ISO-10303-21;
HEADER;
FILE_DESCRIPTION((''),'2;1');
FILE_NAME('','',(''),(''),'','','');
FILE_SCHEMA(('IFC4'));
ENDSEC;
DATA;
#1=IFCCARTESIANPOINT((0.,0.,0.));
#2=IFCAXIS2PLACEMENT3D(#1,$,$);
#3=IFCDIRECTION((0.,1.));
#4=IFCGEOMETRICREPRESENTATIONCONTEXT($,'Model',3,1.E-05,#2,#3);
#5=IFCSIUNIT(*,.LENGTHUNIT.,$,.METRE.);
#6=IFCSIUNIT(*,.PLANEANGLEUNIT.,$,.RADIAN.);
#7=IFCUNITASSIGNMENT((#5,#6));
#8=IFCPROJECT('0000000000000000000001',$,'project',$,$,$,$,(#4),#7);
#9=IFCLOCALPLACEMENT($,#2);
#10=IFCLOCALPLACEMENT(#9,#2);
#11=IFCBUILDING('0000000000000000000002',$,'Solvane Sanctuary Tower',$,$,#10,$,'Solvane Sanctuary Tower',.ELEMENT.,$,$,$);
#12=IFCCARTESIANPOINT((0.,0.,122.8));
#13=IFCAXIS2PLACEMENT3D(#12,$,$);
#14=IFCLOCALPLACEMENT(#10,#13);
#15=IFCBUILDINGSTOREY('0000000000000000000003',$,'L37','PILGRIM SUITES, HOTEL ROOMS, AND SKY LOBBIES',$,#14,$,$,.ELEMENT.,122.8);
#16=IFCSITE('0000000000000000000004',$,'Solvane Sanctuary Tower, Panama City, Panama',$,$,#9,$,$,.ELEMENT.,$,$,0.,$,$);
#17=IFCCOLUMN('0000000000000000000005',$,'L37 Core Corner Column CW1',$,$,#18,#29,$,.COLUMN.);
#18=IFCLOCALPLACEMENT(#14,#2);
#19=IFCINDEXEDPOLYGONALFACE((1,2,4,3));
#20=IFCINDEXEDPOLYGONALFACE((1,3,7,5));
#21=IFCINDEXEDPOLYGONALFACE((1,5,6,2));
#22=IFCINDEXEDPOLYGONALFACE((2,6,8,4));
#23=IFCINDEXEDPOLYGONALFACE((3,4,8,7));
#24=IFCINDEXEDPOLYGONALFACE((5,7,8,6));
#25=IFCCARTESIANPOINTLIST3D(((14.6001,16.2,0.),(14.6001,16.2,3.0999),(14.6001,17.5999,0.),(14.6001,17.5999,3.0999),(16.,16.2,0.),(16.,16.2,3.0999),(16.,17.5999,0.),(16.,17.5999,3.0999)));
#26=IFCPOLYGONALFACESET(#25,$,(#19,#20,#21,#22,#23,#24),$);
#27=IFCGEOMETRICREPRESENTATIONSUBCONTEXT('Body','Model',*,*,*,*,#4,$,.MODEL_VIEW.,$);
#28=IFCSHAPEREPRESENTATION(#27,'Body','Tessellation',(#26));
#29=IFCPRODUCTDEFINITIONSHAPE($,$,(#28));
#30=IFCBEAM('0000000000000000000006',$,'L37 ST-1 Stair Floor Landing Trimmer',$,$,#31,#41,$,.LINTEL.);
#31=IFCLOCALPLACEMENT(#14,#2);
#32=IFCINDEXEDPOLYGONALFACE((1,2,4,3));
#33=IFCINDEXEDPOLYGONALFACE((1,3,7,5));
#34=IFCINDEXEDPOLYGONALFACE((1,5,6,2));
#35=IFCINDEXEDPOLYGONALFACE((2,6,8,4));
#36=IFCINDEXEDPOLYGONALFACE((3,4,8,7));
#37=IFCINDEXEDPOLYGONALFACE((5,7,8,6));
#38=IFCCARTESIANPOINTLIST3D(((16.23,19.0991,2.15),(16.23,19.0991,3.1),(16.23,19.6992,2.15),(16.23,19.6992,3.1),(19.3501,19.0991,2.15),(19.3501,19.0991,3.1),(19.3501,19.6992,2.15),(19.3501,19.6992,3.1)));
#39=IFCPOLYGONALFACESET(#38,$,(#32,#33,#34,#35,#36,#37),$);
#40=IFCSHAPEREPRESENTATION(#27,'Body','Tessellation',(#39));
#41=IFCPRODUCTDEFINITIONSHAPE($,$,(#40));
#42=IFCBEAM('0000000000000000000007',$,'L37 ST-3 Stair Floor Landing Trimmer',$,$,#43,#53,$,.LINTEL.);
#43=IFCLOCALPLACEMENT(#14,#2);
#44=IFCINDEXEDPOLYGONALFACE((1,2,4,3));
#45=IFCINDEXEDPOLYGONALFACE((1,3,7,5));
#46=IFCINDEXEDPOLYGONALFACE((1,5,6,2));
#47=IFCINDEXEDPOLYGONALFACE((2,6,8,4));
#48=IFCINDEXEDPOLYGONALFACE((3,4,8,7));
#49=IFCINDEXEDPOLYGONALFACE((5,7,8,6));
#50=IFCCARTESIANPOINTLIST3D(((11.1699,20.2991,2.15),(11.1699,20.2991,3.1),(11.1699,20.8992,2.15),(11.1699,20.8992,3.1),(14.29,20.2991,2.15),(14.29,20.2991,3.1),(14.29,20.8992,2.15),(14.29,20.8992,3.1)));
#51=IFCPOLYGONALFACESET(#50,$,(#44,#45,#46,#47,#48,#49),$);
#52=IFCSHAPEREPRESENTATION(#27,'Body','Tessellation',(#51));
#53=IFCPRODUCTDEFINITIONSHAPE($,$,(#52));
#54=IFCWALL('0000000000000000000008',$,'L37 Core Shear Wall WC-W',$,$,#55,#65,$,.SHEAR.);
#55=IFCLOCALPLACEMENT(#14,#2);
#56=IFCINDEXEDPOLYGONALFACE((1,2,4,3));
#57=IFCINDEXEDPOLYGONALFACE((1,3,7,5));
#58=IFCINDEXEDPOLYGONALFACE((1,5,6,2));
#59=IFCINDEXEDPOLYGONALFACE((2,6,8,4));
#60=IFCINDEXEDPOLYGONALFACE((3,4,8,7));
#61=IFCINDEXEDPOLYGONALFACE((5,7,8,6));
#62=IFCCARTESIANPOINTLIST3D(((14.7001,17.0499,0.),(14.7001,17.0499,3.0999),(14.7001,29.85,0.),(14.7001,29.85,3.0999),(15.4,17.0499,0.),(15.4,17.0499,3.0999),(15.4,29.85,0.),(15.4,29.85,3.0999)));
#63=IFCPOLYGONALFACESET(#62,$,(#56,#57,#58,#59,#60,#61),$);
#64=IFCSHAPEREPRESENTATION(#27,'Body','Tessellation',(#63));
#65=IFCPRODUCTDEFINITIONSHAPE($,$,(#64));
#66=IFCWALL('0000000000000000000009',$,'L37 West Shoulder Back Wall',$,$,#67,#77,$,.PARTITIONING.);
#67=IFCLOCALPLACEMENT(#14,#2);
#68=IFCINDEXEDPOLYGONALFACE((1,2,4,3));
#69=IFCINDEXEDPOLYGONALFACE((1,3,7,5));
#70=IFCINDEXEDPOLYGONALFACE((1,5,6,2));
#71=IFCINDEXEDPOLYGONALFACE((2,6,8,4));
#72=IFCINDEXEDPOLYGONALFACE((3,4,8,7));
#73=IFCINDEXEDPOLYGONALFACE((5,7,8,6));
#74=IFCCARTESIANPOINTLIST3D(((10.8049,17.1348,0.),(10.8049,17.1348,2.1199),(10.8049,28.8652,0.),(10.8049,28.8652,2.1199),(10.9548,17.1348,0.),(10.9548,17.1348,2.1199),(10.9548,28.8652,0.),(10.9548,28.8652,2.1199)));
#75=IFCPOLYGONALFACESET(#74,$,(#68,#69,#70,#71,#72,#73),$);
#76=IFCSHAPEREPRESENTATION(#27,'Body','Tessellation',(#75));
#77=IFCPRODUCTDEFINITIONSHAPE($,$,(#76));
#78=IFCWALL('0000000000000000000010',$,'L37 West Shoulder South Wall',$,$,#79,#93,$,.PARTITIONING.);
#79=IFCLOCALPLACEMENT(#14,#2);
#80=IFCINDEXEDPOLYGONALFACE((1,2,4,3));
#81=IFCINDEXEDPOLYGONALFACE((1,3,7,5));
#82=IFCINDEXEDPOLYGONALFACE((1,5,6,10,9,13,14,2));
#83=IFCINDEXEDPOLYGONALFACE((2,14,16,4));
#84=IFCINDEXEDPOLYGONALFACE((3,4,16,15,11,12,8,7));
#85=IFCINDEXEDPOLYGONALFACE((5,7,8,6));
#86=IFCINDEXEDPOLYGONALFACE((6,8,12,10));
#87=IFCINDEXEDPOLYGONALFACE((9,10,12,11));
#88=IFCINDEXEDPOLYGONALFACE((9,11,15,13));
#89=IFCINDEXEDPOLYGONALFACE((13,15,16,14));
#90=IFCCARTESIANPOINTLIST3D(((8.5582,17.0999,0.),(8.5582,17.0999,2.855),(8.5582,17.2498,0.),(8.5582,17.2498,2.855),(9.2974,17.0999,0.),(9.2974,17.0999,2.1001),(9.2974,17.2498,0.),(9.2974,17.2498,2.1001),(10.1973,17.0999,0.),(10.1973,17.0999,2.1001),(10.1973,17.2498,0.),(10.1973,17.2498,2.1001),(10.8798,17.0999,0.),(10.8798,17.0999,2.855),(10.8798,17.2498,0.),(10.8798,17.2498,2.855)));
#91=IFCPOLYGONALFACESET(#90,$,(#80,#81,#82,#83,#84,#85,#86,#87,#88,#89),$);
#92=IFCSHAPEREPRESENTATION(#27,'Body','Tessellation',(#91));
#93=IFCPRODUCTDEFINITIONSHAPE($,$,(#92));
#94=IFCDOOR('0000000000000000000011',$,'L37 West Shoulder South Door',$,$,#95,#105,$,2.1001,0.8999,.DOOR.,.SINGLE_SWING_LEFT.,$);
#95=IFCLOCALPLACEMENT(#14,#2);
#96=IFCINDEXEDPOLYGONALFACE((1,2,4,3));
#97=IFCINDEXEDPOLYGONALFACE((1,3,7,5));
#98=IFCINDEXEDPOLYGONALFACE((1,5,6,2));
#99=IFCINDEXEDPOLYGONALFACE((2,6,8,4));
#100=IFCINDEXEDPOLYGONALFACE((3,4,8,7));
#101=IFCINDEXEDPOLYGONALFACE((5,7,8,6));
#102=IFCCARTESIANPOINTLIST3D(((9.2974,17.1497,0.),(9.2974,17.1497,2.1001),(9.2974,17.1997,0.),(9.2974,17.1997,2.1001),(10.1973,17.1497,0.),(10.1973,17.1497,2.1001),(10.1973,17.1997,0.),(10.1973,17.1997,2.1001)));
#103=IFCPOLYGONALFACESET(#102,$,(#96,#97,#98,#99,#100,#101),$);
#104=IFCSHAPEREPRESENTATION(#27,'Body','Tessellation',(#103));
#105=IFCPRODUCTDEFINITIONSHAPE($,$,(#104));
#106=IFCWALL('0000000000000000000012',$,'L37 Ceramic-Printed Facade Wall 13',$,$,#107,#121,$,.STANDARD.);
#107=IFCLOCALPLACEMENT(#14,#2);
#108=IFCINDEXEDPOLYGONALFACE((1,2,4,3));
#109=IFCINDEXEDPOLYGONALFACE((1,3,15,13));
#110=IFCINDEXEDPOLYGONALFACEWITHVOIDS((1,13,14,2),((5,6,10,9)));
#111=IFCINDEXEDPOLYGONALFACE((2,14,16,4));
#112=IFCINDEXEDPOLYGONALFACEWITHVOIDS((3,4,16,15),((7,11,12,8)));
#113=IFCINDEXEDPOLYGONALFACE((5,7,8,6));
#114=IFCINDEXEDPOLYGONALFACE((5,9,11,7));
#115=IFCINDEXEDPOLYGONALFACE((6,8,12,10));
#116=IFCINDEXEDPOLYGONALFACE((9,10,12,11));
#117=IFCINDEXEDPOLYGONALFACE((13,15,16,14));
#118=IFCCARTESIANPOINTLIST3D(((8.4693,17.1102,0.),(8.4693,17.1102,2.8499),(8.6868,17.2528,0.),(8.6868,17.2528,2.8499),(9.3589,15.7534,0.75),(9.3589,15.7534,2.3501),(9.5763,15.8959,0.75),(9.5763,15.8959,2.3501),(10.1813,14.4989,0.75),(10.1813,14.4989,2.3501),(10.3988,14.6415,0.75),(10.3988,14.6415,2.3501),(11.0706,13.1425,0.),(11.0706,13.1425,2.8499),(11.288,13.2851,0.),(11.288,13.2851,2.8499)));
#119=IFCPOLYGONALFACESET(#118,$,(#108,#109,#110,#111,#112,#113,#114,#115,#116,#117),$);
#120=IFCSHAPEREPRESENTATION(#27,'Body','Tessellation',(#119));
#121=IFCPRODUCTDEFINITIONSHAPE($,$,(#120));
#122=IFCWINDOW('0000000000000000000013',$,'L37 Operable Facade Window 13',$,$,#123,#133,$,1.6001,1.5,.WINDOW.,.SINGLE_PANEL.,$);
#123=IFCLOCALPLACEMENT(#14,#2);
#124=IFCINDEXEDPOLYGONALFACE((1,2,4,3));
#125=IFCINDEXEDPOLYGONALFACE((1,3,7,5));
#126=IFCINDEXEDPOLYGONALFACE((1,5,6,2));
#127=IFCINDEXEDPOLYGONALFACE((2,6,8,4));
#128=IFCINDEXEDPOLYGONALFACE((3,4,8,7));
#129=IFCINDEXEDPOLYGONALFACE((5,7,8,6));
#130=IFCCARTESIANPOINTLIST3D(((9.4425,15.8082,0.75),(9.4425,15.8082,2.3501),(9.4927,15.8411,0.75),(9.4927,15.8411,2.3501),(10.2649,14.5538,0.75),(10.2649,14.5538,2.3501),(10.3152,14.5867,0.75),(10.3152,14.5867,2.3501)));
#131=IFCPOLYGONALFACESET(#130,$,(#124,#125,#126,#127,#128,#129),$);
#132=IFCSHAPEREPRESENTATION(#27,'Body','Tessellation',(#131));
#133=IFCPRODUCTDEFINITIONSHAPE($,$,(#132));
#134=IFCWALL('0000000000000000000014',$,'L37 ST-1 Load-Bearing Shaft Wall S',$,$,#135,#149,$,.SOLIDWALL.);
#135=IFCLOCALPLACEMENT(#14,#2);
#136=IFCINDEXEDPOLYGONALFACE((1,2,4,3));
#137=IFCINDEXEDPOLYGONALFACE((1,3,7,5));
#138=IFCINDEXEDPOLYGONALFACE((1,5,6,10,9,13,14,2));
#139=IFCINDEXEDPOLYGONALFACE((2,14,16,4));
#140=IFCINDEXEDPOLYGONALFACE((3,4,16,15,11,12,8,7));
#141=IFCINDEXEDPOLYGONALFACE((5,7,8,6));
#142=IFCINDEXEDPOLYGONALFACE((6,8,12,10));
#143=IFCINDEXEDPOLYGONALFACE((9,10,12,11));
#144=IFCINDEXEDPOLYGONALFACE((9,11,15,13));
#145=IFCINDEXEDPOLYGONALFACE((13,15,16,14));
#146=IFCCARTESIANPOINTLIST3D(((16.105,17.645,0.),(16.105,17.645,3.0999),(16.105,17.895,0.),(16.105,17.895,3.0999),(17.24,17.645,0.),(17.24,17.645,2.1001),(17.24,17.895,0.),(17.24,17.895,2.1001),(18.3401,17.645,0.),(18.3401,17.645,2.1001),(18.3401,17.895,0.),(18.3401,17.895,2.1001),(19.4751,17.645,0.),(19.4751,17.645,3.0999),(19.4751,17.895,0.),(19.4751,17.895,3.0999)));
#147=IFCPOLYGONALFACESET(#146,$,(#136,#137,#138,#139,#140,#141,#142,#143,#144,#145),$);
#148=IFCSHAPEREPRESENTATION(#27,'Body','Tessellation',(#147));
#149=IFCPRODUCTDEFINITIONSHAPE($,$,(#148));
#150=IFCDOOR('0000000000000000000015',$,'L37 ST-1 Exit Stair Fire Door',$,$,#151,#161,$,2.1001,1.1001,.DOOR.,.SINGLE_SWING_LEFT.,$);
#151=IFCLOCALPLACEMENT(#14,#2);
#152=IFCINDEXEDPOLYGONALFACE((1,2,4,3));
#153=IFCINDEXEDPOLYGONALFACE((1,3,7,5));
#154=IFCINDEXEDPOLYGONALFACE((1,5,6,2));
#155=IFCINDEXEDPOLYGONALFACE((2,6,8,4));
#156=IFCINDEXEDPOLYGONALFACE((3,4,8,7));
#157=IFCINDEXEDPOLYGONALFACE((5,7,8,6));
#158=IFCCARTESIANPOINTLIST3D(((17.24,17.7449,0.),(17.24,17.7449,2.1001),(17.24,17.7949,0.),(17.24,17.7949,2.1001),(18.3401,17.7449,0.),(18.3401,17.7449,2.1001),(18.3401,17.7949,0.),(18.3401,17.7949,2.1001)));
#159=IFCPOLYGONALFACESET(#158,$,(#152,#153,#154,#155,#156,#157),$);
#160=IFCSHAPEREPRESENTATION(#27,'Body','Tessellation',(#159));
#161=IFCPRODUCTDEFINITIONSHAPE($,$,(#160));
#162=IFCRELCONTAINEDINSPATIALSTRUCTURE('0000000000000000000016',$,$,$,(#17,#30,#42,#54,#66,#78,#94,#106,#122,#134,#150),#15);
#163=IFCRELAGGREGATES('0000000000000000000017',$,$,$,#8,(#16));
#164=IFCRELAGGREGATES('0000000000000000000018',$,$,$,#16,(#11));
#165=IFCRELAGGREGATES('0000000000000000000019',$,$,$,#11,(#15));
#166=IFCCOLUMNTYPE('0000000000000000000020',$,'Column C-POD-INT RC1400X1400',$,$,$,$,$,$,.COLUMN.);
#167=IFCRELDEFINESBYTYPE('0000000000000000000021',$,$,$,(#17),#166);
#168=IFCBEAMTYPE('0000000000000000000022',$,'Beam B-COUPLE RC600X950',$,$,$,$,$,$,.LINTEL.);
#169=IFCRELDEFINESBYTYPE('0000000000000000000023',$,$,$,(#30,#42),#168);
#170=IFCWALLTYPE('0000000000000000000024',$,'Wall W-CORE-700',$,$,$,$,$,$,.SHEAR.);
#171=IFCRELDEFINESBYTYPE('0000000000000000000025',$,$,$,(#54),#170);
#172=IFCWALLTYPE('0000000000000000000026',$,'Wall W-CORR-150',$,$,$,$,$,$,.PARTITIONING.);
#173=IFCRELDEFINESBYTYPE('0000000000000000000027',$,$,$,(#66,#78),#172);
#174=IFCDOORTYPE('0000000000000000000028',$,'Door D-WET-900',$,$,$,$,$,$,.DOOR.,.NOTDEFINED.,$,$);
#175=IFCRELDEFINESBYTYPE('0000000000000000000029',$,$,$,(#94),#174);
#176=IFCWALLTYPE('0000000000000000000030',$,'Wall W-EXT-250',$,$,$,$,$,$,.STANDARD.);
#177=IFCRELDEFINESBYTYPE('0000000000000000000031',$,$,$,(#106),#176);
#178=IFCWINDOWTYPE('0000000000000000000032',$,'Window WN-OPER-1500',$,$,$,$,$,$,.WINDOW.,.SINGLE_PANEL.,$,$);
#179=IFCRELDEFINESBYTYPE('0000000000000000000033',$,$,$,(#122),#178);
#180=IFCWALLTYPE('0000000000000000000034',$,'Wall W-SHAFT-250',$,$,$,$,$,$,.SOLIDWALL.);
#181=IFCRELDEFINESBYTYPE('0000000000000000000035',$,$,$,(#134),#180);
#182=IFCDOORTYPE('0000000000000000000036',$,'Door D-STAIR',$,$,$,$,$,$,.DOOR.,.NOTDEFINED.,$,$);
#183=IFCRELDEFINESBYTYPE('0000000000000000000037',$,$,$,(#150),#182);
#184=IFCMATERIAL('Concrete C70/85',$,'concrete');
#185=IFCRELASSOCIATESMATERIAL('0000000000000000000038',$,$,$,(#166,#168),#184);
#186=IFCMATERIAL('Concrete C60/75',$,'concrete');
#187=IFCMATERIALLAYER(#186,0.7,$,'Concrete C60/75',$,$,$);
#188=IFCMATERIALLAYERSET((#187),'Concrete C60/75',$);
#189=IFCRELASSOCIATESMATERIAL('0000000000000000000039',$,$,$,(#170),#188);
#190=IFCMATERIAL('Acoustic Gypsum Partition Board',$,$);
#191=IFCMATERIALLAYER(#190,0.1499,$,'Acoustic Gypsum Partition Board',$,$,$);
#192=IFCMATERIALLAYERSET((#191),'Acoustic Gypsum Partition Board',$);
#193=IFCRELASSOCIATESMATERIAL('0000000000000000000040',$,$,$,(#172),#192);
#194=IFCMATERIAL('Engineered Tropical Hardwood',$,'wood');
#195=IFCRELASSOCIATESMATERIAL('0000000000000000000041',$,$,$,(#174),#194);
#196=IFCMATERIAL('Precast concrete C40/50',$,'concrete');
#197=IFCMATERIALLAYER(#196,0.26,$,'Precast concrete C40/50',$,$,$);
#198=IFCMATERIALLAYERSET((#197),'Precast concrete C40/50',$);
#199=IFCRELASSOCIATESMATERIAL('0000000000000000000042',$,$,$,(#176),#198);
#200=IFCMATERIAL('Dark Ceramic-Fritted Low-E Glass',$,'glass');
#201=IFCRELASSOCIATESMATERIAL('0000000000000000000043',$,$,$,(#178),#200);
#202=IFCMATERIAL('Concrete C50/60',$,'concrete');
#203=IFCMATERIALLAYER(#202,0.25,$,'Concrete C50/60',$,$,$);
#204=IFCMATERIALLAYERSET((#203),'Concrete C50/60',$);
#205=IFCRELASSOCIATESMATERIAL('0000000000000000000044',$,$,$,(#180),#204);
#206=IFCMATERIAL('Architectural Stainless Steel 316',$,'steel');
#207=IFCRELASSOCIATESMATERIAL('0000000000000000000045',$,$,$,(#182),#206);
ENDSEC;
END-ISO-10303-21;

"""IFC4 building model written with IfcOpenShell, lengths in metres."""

from ifc_helpers import new_model, si_unit, direction, frame, frame_2d, origin, origin_2d, place, context, subcontext, project, spatial, rectangle, extrude, material, layer, layer_set, material_profile, profile_set, type_object, element, fill, save


model = new_model("IFC4")

# Units and contexts
model_context = context("Model", 3, precision=1e-05, world=origin(), true_north=direction((0.0, 1.0)))
body_context = subcontext(model_context, "Body", "Model", "MODEL_VIEW")
ifc_project = project(units=[si_unit("LENGTHUNIT", "METRE"), si_unit("PLANEANGLEUNIT", "RADIAN")], contexts=[model_context])

# Site, building, storey
site_placement = place(None, origin())
site = spatial("IfcSite", under=ifc_project, at=site_placement, Name="Solvane Sanctuary Tower, Panama City, Panama", CompositionType="ELEMENT", RefElevation=0.0)
building_placement = place(site_placement, origin())
building = spatial("IfcBuilding", under=site, at=building_placement, Name="Solvane Sanctuary Tower", LongName="Solvane Sanctuary Tower", CompositionType="ELEMENT")
storey_placement = place(building_placement, frame((0.0, 0.0, 122.8)))
storey = spatial("IfcBuildingStorey", under=building, at=storey_placement, Name="L37", Description="PILGRIM SUITES, HOTEL ROOMS, AND SKY LOBBIES", CompositionType="ELEMENT", Elevation=122.8)

# Column
ifc_material_1 = material(Name="Concrete C70/85", Category="concrete")
ifc_material_profile_1 = material_profile(ifc_material_1, rectangle(XDim=1.3999, YDim=1.3999, at=origin_2d()), Name="RC1400X1400")
ifc_profile_set_1 = profile_set([ifc_material_profile_1], Name="Concrete C70/85")
column_type = type_object("IfcColumnType", Name="Column C-POD-INT RC1400X1400", PredefinedType="COLUMN", material=ifc_profile_set_1)
column_placement = place(storey_placement, frame((15.3, 16.8999, 0.0), z_axis=(0.0, 0.0, 1.0), x_axis=(1.0, 0.0, 0.0)))
element("IfcColumn", 1, at=column_placement, inside=storey, type_object=column_type, Name="L37 Core Corner Column CW1", PredefinedType="COLUMN", context=body_context, shape_type="SweptSolid", body=[
    extrude(rectangle(XDim=1.3999, YDim=1.3999, at=origin_2d()), origin(), (0.0, 0.0, 1.0), 3.0999),
])

# Beams
ifc_material_profile_2 = material_profile(ifc_material_1, rectangle(XDim=0.6001, YDim=0.95, at=origin_2d()), Name="RC600X950")
ifc_profile_set_2 = profile_set([ifc_material_profile_2], Name="Concrete C70/85")
beam_type = type_object("IfcBeamType", Name="Beam B-COUPLE RC600X950", PredefinedType="LINTEL", material=ifc_profile_set_2)
for number, where, z_axis, x_axis, name in (
    (2, (16.23, 19.3992, 2.625), (1.0, 0.0, 0.0), (0.0, 1.0, 0.0), "L37 ST-1 Stair Floor Landing Trimmer"),
    (3, (11.1699, 20.5991, 2.625), (1.0, 0.0, 0.0), (0.0, 1.0, 0.0), "L37 ST-3 Stair Floor Landing Trimmer"),
):
    element("IfcBeam", number, at=place(storey_placement, frame(where, z_axis=z_axis, x_axis=x_axis)), inside=storey, type_object=beam_type, Name=name, PredefinedType="LINTEL", context=body_context, shape_type="SweptSolid", body=[
        extrude(rectangle(XDim=0.6001, YDim=0.95, at=origin_2d()), origin(), (0.0, 0.0, 1.0), 3.1201),
    ])

# Walls
ifc_material_2 = material(Name="Concrete C60/75", Category="concrete")
ifc_layer_1 = layer(ifc_material_2, 0.7, Name="Concrete C60/75")
ifc_layer_set_1 = layer_set([ifc_layer_1], Name="Concrete C60/75")
wall_type_1 = type_object("IfcWallType", Name="Wall W-CORE-700", PredefinedType="SHEAR", material=ifc_layer_set_1)
wall_1_placement = place(storey_placement, frame((15.05, 17.05, 0.0), z_axis=(0.0, 0.0, 1.0), x_axis=(0.0, 1.0, 0.0)))
element("IfcWall", 4, at=wall_1_placement, inside=storey, type_object=wall_type_1, Name="L37 Core Shear Wall WC-W", PredefinedType="SHEAR", context=body_context, shape_type="SweptSolid", body=[
    extrude(rectangle(XDim=12.8, YDim=0.7, at=frame_2d((6.3999, 0.0))), origin(), (0.0, 0.0, 1.0), 3.0999),
])
ifc_material_3 = material(Name="Acoustic Gypsum Partition Board")
ifc_layer_2 = layer(ifc_material_3, 0.1499, Name="Acoustic Gypsum Partition Board")
ifc_layer_set_2 = layer_set([ifc_layer_2], Name="Acoustic Gypsum Partition Board")
wall_type_2 = type_object("IfcWallType", Name="Wall W-CORR-150", PredefinedType="PARTITIONING", material=ifc_layer_set_2)
wall_2_placement = place(storey_placement, frame((10.8799, 17.1348, 0.0), z_axis=(0.0, 0.0, 1.0), x_axis=(0.0, 1.0, 0.0)))
element("IfcWall", 5, at=wall_2_placement, inside=storey, type_object=wall_type_2, Name="L37 West Shoulder Back Wall", PredefinedType="PARTITIONING", context=body_context, shape_type="SweptSolid", body=[
    extrude(rectangle(XDim=11.7305, YDim=0.1499, at=frame_2d((5.8652, 0.0))), origin(), (0.0, 0.0, 1.0), 2.1199),
])

# Wall, opening, door
wall_3_placement = place(storey_placement, frame((8.5583, 17.1748, 0.0), z_axis=(0.0, 0.0, 1.0), x_axis=(1.0, 0.0, 0.0)))
wall_3 = element("IfcWall", 6, at=wall_3_placement, inside=storey, type_object=wall_type_2, Name="L37 West Shoulder South Wall", PredefinedType="PARTITIONING", context=body_context, shape_type="SweptSolid", body=[
    extrude(rectangle(XDim=2.3215, YDim=0.1499, at=frame_2d((1.1606, 0.0))), origin(), (0.0, 0.0, 1.0), 2.855),
])
opening_1_placement = place(wall_3_placement, frame((0.739, 0.0, 0.0)))
opening_1 = element("IfcOpeningElement", 7, at=opening_1_placement, cuts=wall_3, PredefinedType="OPENING", context=body_context, shape_type="SweptSolid", body=[
    extrude(rectangle(XDim=0.8999, YDim=2.1001, at=frame_2d((0.45, 1.05))), frame((0.0, 0.085, 0.0), z_axis=(0.0, -1.0, 0.0), x_axis=(1.0, 0.0, 0.0)), (0.0, 0.0, 1.0), 0.1699),
])
ifc_material_4 = material(Name="Engineered Tropical Hardwood", Category="wood")
door_type_1 = type_object("IfcDoorType", Name="Door D-WET-900", OperationType="NOTDEFINED", PredefinedType="DOOR", material=ifc_material_4)
door_1_placement = place(opening_1_placement, origin())
door_1 = element("IfcDoor", 8, at=door_1_placement, inside=storey, type_object=door_type_1, Name="L37 West Shoulder South Door", OperationType="SINGLE_SWING_LEFT", OverallHeight=2.1001, OverallWidth=0.8999, PredefinedType="DOOR", context=body_context, shape_type="SweptSolid", body=[
    extrude(rectangle(XDim=0.8999, YDim=2.1001, at=frame_2d((0.45, 1.05))), frame((0.0, 0.0249, 0.0), z_axis=(0.0, -1.0, 0.0), x_axis=(1.0, 0.0, 0.0)), (0.0, 0.0, 1.0), 0.05),
])
fill(opening_1, door_1)

# Wall, opening, window
ifc_material_5 = material(Name="Precast concrete C40/50", Category="concrete")
ifc_layer_3 = layer(ifc_material_5, 0.26, Name="Precast concrete C40/50")
ifc_layer_set_3 = layer_set([ifc_layer_3], Name="Precast concrete C40/50")
wall_type_3 = type_object("IfcWallType", Name="Wall W-EXT-250", PredefinedType="STANDARD", material=ifc_layer_set_3)
wall_4_placement = place(storey_placement, frame((8.5781, 17.1814, 0.0), z_axis=(0.0, 0.0, 1.0), x_axis=(0.548283, -0.836293, 0.0)))
wall_4 = element("IfcWall", 9, at=wall_4_placement, inside=storey, type_object=wall_type_3, Name="L37 Ceramic-Printed Facade Wall 13", PredefinedType="STANDARD", context=body_context, shape_type="SweptSolid", body=[
    extrude(rectangle(XDim=4.7444, YDim=0.26, at=frame_2d((2.3721, 0.0))), origin(), (0.0, 0.0, 1.0), 2.8499),
])
opening_2_placement = place(wall_4_placement, frame((1.6223, 0.0, 0.75)))
opening_2 = element("IfcOpeningElement", 10, at=opening_2_placement, cuts=wall_4, PredefinedType="OPENING", context=body_context, shape_type="SweptSolid", body=[
    extrude(rectangle(XDim=1.5, YDim=1.6001, at=frame_2d((0.75, 0.8))), frame((0.0, 0.1399, 0.0), z_axis=(0.0, -1.0, 0.0), x_axis=(1.0, 0.0, 0.0)), (0.0, 0.0, 1.0), 0.28),
])
ifc_material_6 = material(Name="Dark Ceramic-Fritted Low-E Glass", Category="glass")
window_type = type_object("IfcWindowType", Name="Window WN-OPER-1500", PartitioningType="SINGLE_PANEL", PredefinedType="WINDOW", material=ifc_material_6)
window_placement = place(opening_2_placement, origin())
window = element("IfcWindow", 11, at=window_placement, inside=storey, type_object=window_type, Name="L37 Operable Facade Window 13", OverallHeight=1.6001, OverallWidth=1.5, PartitioningType="SINGLE_PANEL", PredefinedType="WINDOW", context=body_context, shape_type="SweptSolid", body=[
    extrude(rectangle(XDim=1.5, YDim=1.6001, at=frame_2d((0.75, 0.8))), frame((0.0, 0.03, 0.0), z_axis=(0.0, -1.0, 0.0), x_axis=(1.0, 0.0, 0.0)), (0.0, 0.0, 1.0), 0.0601),
])
fill(opening_2, window)

# Wall, opening, door
ifc_material_7 = material(Name="Concrete C50/60", Category="concrete")
ifc_layer_4 = layer(ifc_material_7, 0.25, Name="Concrete C50/60")
ifc_layer_set_4 = layer_set([ifc_layer_4], Name="Concrete C50/60")
wall_type_4 = type_object("IfcWallType", Name="Wall W-SHAFT-250", PredefinedType="SOLIDWALL", material=ifc_layer_set_4)
wall_5_placement = place(storey_placement, frame((16.105, 17.77, 0.0), z_axis=(0.0, 0.0, 1.0), x_axis=(1.0, 0.0, 0.0)))
wall_5 = element("IfcWall", 12, at=wall_5_placement, inside=storey, type_object=wall_type_4, Name="L37 ST-1 Load-Bearing Shaft Wall S", PredefinedType="SOLIDWALL", context=body_context, shape_type="SweptSolid", body=[
    extrude(rectangle(XDim=3.3701, YDim=0.25, at=frame_2d((1.6851, 0.0))), origin(), (0.0, 0.0, 1.0), 3.0999),
])
opening_3_placement = place(wall_5_placement, frame((1.135, 0.0, 0.0)))
opening_3 = element("IfcOpeningElement", 13, at=opening_3_placement, cuts=wall_5, PredefinedType="OPENING", context=body_context, shape_type="SweptSolid", body=[
    extrude(rectangle(XDim=1.1001, YDim=2.1001, at=frame_2d((0.55, 1.05))), frame((0.0, 0.135, 0.0), z_axis=(0.0, -1.0, 0.0), x_axis=(1.0, 0.0, 0.0)), (0.0, 0.0, 1.0), 0.27),
])
ifc_material_8 = material(Name="Architectural Stainless Steel 316", Category="steel")
door_type_2 = type_object("IfcDoorType", Name="Door D-STAIR", OperationType="NOTDEFINED", PredefinedType="DOOR", material=ifc_material_8)
door_2_placement = place(opening_3_placement, origin())
door_2 = element("IfcDoor", 14, at=door_2_placement, inside=storey, type_object=door_type_2, Name="L37 ST-1 Exit Stair Fire Door", OperationType="SINGLE_SWING_LEFT", OverallHeight=2.1001, OverallWidth=1.1001, PredefinedType="DOOR", context=body_context, shape_type="SweptSolid", body=[
    extrude(rectangle(XDim=1.1001, YDim=2.1001, at=frame_2d((0.55, 1.05))), frame((0.0, 0.0249, 0.0), z_axis=(0.0, -1.0, 0.0), x_axis=(1.0, 0.0, 0.0)), (0.0, 0.0, 1.0), 0.05),
])
fill(opening_3, door_2)

save(model, "model.ifc")
